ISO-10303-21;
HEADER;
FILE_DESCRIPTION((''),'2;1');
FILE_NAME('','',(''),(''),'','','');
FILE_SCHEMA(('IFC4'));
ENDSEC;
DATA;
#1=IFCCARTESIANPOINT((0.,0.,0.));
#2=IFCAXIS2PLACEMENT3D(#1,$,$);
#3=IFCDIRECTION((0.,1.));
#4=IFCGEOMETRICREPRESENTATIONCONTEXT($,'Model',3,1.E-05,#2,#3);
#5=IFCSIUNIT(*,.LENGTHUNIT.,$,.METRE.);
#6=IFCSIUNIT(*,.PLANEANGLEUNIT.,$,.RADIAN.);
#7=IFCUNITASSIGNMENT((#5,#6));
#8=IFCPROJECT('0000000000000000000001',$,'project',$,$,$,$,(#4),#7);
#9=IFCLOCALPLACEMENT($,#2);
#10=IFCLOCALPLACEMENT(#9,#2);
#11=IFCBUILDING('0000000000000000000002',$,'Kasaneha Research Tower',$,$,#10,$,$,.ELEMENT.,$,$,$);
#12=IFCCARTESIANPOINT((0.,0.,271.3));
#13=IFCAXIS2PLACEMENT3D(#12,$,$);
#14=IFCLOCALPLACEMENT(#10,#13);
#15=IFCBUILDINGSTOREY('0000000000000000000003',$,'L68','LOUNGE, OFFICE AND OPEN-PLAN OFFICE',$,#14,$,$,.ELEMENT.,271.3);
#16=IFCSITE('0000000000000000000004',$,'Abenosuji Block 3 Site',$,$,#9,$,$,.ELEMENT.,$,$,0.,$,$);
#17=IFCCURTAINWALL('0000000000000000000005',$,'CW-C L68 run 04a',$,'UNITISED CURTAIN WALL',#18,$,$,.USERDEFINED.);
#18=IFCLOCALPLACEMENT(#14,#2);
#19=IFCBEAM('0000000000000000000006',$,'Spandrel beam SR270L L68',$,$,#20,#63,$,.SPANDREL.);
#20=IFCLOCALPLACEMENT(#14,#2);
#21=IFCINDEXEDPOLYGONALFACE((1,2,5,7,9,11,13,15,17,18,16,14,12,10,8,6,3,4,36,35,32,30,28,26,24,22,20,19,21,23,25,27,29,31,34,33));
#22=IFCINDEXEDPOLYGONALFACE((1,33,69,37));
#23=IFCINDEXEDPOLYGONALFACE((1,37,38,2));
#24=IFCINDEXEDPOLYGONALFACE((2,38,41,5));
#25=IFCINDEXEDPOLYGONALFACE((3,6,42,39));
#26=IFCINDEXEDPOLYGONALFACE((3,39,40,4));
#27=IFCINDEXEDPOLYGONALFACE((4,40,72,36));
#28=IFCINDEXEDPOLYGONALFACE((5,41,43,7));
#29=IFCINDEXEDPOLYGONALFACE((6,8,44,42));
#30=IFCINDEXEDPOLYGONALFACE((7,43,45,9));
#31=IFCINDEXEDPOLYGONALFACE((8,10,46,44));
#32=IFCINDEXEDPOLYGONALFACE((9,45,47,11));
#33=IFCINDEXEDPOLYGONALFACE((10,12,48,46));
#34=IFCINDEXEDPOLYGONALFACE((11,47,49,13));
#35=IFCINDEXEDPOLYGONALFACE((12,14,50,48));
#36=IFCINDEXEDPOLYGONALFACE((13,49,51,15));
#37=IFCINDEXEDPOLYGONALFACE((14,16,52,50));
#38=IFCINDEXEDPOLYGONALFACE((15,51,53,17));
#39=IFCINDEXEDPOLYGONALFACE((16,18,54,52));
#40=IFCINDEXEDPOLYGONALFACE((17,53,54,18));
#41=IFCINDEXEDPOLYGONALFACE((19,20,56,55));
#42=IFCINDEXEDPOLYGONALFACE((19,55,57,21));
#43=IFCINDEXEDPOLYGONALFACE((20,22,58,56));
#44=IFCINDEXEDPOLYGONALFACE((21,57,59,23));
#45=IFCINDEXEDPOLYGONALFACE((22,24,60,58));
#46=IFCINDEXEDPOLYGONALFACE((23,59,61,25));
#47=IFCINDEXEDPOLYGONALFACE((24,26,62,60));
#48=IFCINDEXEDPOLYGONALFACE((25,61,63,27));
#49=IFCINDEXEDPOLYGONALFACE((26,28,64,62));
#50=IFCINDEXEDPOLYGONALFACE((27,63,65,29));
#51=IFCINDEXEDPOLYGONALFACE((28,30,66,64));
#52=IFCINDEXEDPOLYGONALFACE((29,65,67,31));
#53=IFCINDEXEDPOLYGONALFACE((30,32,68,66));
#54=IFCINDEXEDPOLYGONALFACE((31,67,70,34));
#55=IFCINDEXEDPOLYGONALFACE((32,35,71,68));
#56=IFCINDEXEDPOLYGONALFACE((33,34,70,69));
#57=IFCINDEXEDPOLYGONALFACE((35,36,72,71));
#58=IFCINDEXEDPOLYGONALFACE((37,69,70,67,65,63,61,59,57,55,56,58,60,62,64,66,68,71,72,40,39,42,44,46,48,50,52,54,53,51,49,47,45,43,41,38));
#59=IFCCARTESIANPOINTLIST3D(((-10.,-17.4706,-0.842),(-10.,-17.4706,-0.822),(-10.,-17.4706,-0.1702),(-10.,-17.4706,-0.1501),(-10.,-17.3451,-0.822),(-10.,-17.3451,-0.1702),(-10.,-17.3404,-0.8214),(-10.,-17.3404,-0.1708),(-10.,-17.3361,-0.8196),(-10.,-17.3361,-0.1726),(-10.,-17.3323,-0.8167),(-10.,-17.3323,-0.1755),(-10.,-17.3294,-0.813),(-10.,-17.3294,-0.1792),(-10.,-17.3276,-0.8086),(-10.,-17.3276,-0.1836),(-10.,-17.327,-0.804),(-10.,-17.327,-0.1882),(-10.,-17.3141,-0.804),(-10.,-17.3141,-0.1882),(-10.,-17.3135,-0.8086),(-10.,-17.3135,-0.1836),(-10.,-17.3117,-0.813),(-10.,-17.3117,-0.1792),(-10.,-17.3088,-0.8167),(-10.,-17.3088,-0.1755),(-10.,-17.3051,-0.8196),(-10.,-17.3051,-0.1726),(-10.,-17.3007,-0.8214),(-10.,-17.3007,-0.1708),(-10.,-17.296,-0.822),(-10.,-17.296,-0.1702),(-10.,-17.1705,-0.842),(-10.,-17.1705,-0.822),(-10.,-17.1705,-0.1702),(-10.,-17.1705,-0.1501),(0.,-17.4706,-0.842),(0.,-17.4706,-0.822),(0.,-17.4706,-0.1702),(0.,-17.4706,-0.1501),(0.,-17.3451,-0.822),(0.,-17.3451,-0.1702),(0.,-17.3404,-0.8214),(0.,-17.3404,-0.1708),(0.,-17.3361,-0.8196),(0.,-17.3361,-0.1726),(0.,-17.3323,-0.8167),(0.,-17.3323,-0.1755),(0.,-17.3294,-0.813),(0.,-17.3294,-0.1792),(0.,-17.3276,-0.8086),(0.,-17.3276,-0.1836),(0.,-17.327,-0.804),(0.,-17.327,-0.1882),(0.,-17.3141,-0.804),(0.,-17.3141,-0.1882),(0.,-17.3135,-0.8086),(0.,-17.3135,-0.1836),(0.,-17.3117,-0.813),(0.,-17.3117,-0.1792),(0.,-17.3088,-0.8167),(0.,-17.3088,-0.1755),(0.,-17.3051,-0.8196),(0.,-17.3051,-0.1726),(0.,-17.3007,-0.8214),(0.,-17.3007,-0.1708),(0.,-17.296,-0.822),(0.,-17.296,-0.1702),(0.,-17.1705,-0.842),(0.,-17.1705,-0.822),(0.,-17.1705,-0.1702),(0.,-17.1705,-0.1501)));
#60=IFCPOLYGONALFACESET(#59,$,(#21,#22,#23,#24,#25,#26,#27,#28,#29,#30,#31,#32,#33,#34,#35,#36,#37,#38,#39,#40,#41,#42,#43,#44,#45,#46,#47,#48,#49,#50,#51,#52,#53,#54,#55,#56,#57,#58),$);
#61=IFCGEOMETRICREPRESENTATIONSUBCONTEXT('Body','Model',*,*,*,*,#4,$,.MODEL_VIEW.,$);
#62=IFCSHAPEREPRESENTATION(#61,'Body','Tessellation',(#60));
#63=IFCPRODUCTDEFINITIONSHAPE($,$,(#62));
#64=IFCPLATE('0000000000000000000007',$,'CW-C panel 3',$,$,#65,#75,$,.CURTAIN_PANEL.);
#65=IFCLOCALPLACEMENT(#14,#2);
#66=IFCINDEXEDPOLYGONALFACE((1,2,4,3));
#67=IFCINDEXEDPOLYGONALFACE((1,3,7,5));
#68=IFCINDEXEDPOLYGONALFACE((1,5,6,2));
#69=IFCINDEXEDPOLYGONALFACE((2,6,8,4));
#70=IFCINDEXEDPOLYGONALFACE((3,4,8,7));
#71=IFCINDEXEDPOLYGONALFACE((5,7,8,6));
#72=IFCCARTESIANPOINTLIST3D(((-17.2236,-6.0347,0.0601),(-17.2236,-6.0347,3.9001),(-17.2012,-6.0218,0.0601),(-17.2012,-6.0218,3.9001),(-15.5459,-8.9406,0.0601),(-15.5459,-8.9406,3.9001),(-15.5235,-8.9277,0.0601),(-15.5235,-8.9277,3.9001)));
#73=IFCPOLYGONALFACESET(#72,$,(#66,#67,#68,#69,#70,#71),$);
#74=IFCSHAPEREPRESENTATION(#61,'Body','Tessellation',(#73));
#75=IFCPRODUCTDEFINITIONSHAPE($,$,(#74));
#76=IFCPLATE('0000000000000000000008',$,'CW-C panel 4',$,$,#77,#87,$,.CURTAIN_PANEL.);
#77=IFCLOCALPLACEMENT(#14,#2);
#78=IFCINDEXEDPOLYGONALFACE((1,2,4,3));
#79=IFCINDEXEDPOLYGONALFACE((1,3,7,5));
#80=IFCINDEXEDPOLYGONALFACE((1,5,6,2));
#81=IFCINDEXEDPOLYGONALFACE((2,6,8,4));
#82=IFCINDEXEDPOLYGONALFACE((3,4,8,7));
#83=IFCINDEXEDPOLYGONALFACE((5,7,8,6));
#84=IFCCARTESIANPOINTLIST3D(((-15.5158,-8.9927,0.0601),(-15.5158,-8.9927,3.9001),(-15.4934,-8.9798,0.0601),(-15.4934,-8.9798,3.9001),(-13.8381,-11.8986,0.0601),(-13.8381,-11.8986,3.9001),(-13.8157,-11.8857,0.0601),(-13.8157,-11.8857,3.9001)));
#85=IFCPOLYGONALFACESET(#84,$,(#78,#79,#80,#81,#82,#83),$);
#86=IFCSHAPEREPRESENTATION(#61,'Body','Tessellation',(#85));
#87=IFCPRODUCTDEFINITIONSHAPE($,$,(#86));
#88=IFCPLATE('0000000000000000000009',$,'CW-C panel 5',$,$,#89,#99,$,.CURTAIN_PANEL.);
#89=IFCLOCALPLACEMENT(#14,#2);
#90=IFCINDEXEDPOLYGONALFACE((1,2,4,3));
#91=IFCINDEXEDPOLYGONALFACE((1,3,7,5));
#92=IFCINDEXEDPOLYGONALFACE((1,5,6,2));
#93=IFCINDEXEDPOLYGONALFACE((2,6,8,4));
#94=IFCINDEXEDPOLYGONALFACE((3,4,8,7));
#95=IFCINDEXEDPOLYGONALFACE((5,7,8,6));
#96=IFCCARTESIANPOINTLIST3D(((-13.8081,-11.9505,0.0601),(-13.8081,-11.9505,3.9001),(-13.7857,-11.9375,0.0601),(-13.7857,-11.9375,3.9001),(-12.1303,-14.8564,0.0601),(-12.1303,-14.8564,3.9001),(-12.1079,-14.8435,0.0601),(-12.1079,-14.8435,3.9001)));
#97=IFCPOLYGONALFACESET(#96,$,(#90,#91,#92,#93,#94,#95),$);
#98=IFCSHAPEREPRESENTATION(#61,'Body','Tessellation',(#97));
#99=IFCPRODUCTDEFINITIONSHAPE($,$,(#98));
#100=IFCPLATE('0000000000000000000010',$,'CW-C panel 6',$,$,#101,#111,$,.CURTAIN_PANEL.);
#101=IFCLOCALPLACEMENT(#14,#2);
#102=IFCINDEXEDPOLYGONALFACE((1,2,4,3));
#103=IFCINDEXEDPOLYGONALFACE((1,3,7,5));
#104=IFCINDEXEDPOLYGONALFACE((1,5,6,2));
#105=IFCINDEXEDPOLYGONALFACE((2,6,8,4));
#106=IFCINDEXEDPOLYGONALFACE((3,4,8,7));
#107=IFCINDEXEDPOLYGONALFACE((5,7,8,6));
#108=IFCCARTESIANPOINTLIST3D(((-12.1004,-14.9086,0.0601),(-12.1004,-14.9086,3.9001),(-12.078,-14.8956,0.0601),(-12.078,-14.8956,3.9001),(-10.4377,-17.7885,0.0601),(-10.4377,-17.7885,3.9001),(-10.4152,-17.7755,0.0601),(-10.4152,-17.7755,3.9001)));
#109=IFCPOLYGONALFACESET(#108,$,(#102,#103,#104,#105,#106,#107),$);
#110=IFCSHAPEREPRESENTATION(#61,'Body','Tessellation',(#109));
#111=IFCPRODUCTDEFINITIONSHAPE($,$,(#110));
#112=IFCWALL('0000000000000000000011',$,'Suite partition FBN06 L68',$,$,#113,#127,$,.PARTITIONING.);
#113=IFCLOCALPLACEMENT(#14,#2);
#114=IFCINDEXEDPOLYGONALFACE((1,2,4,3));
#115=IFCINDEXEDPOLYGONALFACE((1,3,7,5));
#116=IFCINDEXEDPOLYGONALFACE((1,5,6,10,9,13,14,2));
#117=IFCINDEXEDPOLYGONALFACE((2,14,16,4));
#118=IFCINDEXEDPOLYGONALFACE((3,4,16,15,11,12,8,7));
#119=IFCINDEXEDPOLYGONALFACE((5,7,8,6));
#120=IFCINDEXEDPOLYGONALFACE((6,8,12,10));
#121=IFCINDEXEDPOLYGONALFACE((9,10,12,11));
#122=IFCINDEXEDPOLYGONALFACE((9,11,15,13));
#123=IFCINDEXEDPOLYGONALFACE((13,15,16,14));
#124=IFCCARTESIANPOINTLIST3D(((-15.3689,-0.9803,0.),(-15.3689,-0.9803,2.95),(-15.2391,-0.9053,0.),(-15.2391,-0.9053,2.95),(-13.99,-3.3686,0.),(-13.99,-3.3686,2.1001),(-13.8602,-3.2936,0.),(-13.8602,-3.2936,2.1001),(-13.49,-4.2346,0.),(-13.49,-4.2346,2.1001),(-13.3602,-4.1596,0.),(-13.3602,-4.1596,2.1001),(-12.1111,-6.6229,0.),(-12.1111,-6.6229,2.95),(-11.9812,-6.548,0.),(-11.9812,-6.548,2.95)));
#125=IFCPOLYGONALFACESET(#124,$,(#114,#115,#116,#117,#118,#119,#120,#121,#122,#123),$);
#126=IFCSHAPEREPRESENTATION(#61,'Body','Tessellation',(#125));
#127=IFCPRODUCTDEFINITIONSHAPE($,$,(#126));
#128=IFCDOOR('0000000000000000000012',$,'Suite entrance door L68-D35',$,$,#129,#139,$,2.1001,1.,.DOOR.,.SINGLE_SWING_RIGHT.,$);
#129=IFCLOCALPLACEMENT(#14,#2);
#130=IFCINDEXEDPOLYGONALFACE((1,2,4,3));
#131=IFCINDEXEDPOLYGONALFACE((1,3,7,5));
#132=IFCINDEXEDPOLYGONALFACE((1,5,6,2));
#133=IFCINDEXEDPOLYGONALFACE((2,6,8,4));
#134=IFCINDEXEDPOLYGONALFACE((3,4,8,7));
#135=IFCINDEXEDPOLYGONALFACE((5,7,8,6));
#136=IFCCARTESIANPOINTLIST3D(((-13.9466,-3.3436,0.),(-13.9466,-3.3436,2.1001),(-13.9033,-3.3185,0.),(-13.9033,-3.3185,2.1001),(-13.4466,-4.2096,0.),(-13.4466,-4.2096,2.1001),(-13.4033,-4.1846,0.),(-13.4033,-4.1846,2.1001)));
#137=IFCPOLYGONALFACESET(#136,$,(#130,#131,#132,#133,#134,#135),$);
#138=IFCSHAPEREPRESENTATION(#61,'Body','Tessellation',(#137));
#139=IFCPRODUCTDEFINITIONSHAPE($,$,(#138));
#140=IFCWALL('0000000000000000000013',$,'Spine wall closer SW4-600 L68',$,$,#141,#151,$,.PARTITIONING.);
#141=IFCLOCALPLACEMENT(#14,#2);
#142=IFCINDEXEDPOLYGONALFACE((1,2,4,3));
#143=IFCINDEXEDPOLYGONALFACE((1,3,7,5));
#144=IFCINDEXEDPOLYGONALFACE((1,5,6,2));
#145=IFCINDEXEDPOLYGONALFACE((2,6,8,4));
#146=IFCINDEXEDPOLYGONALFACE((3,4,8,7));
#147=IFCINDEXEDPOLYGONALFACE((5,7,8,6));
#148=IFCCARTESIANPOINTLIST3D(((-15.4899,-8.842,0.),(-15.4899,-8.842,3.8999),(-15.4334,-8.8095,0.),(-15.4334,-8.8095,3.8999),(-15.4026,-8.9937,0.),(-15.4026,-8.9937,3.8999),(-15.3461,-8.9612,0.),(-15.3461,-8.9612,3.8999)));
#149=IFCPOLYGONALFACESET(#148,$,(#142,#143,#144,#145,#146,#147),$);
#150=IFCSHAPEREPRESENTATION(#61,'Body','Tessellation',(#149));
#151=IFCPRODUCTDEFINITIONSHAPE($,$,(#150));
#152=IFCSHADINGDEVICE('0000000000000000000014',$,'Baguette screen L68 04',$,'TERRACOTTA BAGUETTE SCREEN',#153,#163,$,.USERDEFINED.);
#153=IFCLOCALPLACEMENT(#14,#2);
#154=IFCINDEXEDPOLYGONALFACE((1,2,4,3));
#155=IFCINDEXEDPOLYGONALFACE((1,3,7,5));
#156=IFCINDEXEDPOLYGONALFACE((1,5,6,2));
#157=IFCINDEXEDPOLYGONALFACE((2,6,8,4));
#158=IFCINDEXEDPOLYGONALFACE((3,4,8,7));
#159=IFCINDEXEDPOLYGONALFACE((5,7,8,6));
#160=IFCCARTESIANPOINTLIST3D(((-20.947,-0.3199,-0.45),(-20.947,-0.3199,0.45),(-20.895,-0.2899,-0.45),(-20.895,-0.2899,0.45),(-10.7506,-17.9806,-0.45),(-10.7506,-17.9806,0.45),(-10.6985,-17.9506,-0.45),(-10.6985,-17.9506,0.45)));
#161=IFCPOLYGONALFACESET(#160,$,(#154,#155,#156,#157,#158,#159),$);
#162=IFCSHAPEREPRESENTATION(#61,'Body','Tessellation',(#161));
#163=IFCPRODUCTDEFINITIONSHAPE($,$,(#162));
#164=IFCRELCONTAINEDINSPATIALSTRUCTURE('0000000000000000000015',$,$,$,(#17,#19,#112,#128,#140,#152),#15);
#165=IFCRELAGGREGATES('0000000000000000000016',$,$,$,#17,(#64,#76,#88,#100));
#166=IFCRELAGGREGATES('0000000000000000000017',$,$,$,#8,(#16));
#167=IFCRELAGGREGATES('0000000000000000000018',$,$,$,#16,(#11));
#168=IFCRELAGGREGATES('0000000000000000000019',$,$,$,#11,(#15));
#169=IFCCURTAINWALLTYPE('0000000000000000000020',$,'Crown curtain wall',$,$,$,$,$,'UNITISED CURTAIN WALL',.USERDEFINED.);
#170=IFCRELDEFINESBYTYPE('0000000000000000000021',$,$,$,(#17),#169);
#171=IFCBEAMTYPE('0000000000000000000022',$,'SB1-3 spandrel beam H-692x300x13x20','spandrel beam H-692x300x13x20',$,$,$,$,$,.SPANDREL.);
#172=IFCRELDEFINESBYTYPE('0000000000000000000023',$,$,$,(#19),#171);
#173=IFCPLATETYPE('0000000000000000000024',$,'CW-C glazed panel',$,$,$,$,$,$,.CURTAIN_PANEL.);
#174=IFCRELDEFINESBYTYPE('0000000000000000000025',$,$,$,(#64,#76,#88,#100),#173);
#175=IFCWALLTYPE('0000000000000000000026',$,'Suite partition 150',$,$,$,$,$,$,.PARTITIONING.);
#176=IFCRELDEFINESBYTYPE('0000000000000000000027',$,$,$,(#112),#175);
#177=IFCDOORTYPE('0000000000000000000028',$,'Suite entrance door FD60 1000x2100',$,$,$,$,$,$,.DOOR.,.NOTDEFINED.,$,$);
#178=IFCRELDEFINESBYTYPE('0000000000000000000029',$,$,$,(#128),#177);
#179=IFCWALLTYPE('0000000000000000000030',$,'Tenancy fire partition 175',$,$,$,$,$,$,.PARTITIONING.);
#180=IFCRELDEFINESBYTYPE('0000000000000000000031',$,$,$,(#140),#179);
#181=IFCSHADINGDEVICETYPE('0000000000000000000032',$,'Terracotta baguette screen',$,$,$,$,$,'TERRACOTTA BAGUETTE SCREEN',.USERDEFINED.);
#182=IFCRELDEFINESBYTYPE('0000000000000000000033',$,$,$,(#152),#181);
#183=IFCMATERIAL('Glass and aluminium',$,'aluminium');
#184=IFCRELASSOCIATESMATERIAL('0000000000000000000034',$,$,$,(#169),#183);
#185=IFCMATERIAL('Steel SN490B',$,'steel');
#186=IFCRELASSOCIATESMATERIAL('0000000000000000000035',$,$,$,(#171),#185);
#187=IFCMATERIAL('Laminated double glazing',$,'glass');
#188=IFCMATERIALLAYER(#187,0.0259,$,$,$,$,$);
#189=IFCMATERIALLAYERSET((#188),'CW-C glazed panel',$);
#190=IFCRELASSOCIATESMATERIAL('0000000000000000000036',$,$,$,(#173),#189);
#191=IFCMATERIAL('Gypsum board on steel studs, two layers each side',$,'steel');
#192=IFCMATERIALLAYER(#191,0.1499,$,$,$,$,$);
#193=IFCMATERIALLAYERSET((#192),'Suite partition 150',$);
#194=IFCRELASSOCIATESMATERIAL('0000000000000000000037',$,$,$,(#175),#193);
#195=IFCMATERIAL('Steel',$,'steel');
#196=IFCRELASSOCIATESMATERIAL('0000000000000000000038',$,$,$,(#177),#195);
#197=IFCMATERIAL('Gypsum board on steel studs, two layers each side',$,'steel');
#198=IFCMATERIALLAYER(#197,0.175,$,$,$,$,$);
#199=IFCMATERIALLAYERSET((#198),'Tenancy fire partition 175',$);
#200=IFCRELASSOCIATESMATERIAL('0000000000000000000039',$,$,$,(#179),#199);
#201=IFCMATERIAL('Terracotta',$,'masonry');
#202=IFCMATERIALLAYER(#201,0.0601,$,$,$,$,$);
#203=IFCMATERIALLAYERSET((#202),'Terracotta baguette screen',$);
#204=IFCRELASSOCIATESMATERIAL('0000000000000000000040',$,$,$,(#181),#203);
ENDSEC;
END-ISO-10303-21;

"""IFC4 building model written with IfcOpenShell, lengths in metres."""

from ifc_helpers import new_model, si_unit, direction, frame, frame_2d, origin, origin_2d, place, context, subcontext, project, spatial, rectangle, i_section, extrude, material, layer, layer_set, material_profile, profile_set, type_object, element, fill, aggregate, save


model = new_model("IFC4")

# Units and contexts
model_context = context("Model", 3, precision=1e-05, world=origin(), true_north=direction((0.0, 1.0)))
body_context = subcontext(model_context, "Body", "Model", "MODEL_VIEW")
ifc_project = project(units=[si_unit("LENGTHUNIT", "METRE"), si_unit("PLANEANGLEUNIT", "RADIAN")], contexts=[model_context])

# Site, building, storey
site_placement = place(None, origin())
site = spatial("IfcSite", under=ifc_project, at=site_placement, Name="Abenosuji Block 3 Site", CompositionType="ELEMENT", RefElevation=0.0)
building_placement = place(site_placement, origin())
building = spatial("IfcBuilding", under=site, at=building_placement, Name="Kasaneha Research Tower", CompositionType="ELEMENT")
storey_placement = place(building_placement, frame((0.0, 0.0, 271.3)))
storey = spatial("IfcBuildingStorey", under=building, at=storey_placement, Name="L68", Description="LOUNGE, OFFICE AND OPEN-PLAN OFFICE", CompositionType="ELEMENT", Elevation=271.3)

# Curtain wall
ifc_material_1 = material(Name="Glass and aluminium", Category="aluminium")
curtain_wall_type = type_object("IfcCurtainWallType", Name="Crown curtain wall", ElementType="UNITISED CURTAIN WALL", PredefinedType="USERDEFINED", material=ifc_material_1)
curtain_wall_1_placement = place(storey_placement, origin())
curtain_wall_1 = element("IfcCurtainWall", 1, at=curtain_wall_1_placement, inside=storey, type_object=curtain_wall_type, Name="CW-C L68 run 04a", ObjectType="UNITISED CURTAIN WALL", PredefinedType="USERDEFINED")

# Beam
ifc_material_2 = material(Name="Steel SN490B", Category="steel")
ifc_material_profile_1 = material_profile(ifc_material_2, i_section(OverallWidth=0.3, OverallDepth=0.6919, WebThickness=0.0129, FlangeThickness=0.02, FilletRadius=0.0181, at=origin_2d()), Name="H-692x300x13x20")
ifc_profile_set_1 = profile_set([ifc_material_profile_1], Name="Steel SN490B")
beam_type_1 = type_object("IfcBeamType", Name="SB1-3 spandrel beam H-692x300x13x20", Description="spandrel beam H-692x300x13x20", PredefinedType="SPANDREL", material=ifc_profile_set_1)
beam_1_placement = place(storey_placement, frame((-10.0, -17.3206, -0.4961), z_axis=(1.0, 0.0, 0.0), x_axis=(0.0, 1.0, 0.0)))
element("IfcBeam", 2, at=beam_1_placement, inside=storey, type_object=beam_type_1, Name="Spandrel beam SR270L L68", PredefinedType="SPANDREL", context=body_context, shape_type="SweptSolid", body=[
    extrude(i_section(OverallWidth=0.3, OverallDepth=0.6919, WebThickness=0.0129, FlangeThickness=0.02, FilletRadius=0.0181, at=origin_2d()), origin(), (0.0, 0.0, 1.0), 10.0),
])

# Plates
ifc_material_3 = material(Name="Laminated double glazing", Category="glass")
ifc_layer_1 = layer(ifc_material_3, 0.0259)
ifc_layer_set_1 = layer_set([ifc_layer_1], Name="CW-C glazed panel")
plate_type = type_object("IfcPlateType", Name="CW-C glazed panel", PredefinedType="CURTAIN_PANEL", material=ifc_layer_set_1)
plate_1_placement = place(storey_placement, frame((-16.3735, -7.4812, 0.0601), z_axis=(0.0, 0.0, 1.0), x_axis=(0.5, -0.866025, 0.0)))
plate_1 = element("IfcPlate", 3, at=plate_1_placement, type_object=plate_type, Name="CW-C panel 3", PredefinedType="CURTAIN_PANEL", context=body_context, shape_type="SweptSolid", body=[
    extrude(rectangle(XDim=3.3555, YDim=0.0259, at=origin_2d()), origin(), (0.0, 0.0, 1.0), 3.8401),
])
plate_2_placement = place(storey_placement, frame((-14.6658, -10.4392, 0.0601), z_axis=(0.0, 0.0, 1.0), x_axis=(0.5, -0.866025, 0.0)))
plate_2 = element("IfcPlate", 4, at=plate_2_placement, type_object=plate_type, Name="CW-C panel 4", PredefinedType="CURTAIN_PANEL", context=body_context, shape_type="SweptSolid", body=[
    extrude(rectangle(XDim=3.3555, YDim=0.0259, at=origin_2d()), origin(), (0.0, 0.0, 1.0), 3.8401),
])
plate_3_placement = place(storey_placement, frame((-12.958, -13.397, 0.0601), z_axis=(0.0, 0.0, 1.0), x_axis=(0.5, -0.866025, 0.0)))
plate_3 = element("IfcPlate", 5, at=plate_3_placement, type_object=plate_type, Name="CW-C panel 5", PredefinedType="CURTAIN_PANEL", context=body_context, shape_type="SweptSolid", body=[
    extrude(rectangle(XDim=3.3555, YDim=0.0259, at=origin_2d()), origin(), (0.0, 0.0, 1.0), 3.8401),
])
plate_4_placement = place(storey_placement, frame((-11.2578, -16.342, 0.0601), z_axis=(0.0, 0.0, 1.0), x_axis=(0.5, -0.866025, 0.0)))
plate_4 = element("IfcPlate", 6, at=plate_4_placement, type_object=plate_type, Name="CW-C panel 6", PredefinedType="CURTAIN_PANEL", context=body_context, shape_type="SweptSolid", body=[
    extrude(rectangle(XDim=3.3254, YDim=0.0259, at=origin_2d()), origin(), (0.0, 0.0, 1.0), 3.8401),
])
aggregate(curtain_wall_1, [plate_1, plate_2, plate_3, plate_4])

# Wall, opening, door
ifc_material_4 = material(Name="Gypsum board on steel studs, two layers each side", Category="steel")
ifc_layer_2 = layer(ifc_material_4, 0.1499)
ifc_layer_set_2 = layer_set([ifc_layer_2], Name="Suite partition 150")
wall_type_1 = type_object("IfcWallType", Name="Suite partition 150", PredefinedType="PARTITIONING", material=ifc_layer_set_2)
wall_1_placement = place(storey_placement, frame((-12.0461, -6.5854, 0.0), z_axis=(0.0, 0.0, 1.0), x_axis=(-0.500008, 0.866021, 0.0)))
wall_1 = element("IfcWall", 7, at=wall_1_placement, inside=storey, type_object=wall_type_1, Name="Suite partition FBN06 L68", PredefinedType="PARTITIONING", context=body_context, shape_type="SweptSolid", body=[
    extrude(rectangle(XDim=6.5156, YDim=0.1499, at=frame_2d((3.2578, 0.0))), origin(), (0.0, 0.0, 1.0), 2.95),
])
opening_placement = place(wall_1_placement, frame((2.7578, 0.0, 0.0)))
opening = element("IfcOpeningElement", 8, at=opening_placement, cuts=wall_1, PredefinedType="OPENING", context=body_context, shape_type="SweptSolid", body=[
    extrude(rectangle(XDim=1.0, YDim=2.1001, at=frame_2d((0.5, 1.05))), frame((0.0, 0.085, 0.0), z_axis=(0.0, -1.0, 0.0), x_axis=(1.0, 0.0, 0.0)), (0.0, 0.0, 1.0), 0.1699),
])
ifc_material_5 = material(Name="Steel", Category="steel")
door_type = type_object("IfcDoorType", Name="Suite entrance door FD60 1000x2100", OperationType="NOTDEFINED", PredefinedType="DOOR", material=ifc_material_5)
door_placement = place(opening_placement, origin())
door = element("IfcDoor", 9, at=door_placement, inside=storey, type_object=door_type, Name="Suite entrance door L68-D35", OperationType="SINGLE_SWING_RIGHT", OverallHeight=2.1001, OverallWidth=1.0, PredefinedType="DOOR", context=body_context, shape_type="SweptSolid", body=[
    extrude(rectangle(XDim=1.0, YDim=2.1001, at=frame_2d((0.5, 1.05))), frame((0.0, 0.0249, 0.0), z_axis=(0.0, -1.0, 0.0), x_axis=(1.0, 0.0, 0.0)), (0.0, 0.0, 1.0), 0.05),
])
fill(opening, door)

# Wall
ifc_material_6 = material(Name="Gypsum board on steel studs, two layers each side", Category="steel")
ifc_layer_3 = layer(ifc_material_6, 0.175)
ifc_layer_set_3 = layer_set([ifc_layer_3], Name="Tenancy fire partition 175")
wall_type_2 = type_object("IfcWallType", Name="Tenancy fire partition 175", PredefinedType="PARTITIONING", material=ifc_layer_set_3)
wall_2_placement = place(storey_placement, frame((-15.3896, -8.8853, 0.0), z_axis=(0.0, 0.0, 1.0), x_axis=(-0.866622, -0.498964, 0.0)))
element("IfcWall", 10, at=wall_2_placement, inside=storey, type_object=wall_type_2, Name="Spine wall closer SW4-600 L68", PredefinedType="PARTITIONING", context=body_context, shape_type="SweptSolid", body=[
    extrude(rectangle(XDim=0.0652, YDim=0.175, at=frame_2d((0.0327, 0.0))), origin(), (0.0, 0.0, 1.0), 3.8999),
])

# Shading device
ifc_material_7 = material(Name="Terracotta", Category="masonry")
ifc_layer_4 = layer(ifc_material_7, 0.0601)
ifc_layer_set_4 = layer_set([ifc_layer_4], Name="Terracotta baguette screen")
shading_device_type = type_object("IfcShadingDeviceType", Name="Terracotta baguette screen", ElementType="TERRACOTTA BAGUETTE SCREEN", PredefinedType="USERDEFINED", material=ifc_layer_set_4)
shading_device_placement = place(storey_placement, frame((-15.8228, -9.1353, -0.45), z_axis=(0.0, 0.0, 1.0), x_axis=(0.5, -0.866025, 0.0)))
element("IfcShadingDevice", 11, at=shading_device_placement, inside=storey, type_object=shading_device_type, Name="Baguette screen L68 04", ObjectType="TERRACOTTA BAGUETTE SCREEN", PredefinedType="USERDEFINED", context=body_context, shape_type="SweptSolid", body=[
    extrude(rectangle(XDim=20.3928, YDim=0.0601, at=origin_2d()), origin(), (0.0, 0.0, 1.0), 0.8999),
])

save(model, "model.ifc")
